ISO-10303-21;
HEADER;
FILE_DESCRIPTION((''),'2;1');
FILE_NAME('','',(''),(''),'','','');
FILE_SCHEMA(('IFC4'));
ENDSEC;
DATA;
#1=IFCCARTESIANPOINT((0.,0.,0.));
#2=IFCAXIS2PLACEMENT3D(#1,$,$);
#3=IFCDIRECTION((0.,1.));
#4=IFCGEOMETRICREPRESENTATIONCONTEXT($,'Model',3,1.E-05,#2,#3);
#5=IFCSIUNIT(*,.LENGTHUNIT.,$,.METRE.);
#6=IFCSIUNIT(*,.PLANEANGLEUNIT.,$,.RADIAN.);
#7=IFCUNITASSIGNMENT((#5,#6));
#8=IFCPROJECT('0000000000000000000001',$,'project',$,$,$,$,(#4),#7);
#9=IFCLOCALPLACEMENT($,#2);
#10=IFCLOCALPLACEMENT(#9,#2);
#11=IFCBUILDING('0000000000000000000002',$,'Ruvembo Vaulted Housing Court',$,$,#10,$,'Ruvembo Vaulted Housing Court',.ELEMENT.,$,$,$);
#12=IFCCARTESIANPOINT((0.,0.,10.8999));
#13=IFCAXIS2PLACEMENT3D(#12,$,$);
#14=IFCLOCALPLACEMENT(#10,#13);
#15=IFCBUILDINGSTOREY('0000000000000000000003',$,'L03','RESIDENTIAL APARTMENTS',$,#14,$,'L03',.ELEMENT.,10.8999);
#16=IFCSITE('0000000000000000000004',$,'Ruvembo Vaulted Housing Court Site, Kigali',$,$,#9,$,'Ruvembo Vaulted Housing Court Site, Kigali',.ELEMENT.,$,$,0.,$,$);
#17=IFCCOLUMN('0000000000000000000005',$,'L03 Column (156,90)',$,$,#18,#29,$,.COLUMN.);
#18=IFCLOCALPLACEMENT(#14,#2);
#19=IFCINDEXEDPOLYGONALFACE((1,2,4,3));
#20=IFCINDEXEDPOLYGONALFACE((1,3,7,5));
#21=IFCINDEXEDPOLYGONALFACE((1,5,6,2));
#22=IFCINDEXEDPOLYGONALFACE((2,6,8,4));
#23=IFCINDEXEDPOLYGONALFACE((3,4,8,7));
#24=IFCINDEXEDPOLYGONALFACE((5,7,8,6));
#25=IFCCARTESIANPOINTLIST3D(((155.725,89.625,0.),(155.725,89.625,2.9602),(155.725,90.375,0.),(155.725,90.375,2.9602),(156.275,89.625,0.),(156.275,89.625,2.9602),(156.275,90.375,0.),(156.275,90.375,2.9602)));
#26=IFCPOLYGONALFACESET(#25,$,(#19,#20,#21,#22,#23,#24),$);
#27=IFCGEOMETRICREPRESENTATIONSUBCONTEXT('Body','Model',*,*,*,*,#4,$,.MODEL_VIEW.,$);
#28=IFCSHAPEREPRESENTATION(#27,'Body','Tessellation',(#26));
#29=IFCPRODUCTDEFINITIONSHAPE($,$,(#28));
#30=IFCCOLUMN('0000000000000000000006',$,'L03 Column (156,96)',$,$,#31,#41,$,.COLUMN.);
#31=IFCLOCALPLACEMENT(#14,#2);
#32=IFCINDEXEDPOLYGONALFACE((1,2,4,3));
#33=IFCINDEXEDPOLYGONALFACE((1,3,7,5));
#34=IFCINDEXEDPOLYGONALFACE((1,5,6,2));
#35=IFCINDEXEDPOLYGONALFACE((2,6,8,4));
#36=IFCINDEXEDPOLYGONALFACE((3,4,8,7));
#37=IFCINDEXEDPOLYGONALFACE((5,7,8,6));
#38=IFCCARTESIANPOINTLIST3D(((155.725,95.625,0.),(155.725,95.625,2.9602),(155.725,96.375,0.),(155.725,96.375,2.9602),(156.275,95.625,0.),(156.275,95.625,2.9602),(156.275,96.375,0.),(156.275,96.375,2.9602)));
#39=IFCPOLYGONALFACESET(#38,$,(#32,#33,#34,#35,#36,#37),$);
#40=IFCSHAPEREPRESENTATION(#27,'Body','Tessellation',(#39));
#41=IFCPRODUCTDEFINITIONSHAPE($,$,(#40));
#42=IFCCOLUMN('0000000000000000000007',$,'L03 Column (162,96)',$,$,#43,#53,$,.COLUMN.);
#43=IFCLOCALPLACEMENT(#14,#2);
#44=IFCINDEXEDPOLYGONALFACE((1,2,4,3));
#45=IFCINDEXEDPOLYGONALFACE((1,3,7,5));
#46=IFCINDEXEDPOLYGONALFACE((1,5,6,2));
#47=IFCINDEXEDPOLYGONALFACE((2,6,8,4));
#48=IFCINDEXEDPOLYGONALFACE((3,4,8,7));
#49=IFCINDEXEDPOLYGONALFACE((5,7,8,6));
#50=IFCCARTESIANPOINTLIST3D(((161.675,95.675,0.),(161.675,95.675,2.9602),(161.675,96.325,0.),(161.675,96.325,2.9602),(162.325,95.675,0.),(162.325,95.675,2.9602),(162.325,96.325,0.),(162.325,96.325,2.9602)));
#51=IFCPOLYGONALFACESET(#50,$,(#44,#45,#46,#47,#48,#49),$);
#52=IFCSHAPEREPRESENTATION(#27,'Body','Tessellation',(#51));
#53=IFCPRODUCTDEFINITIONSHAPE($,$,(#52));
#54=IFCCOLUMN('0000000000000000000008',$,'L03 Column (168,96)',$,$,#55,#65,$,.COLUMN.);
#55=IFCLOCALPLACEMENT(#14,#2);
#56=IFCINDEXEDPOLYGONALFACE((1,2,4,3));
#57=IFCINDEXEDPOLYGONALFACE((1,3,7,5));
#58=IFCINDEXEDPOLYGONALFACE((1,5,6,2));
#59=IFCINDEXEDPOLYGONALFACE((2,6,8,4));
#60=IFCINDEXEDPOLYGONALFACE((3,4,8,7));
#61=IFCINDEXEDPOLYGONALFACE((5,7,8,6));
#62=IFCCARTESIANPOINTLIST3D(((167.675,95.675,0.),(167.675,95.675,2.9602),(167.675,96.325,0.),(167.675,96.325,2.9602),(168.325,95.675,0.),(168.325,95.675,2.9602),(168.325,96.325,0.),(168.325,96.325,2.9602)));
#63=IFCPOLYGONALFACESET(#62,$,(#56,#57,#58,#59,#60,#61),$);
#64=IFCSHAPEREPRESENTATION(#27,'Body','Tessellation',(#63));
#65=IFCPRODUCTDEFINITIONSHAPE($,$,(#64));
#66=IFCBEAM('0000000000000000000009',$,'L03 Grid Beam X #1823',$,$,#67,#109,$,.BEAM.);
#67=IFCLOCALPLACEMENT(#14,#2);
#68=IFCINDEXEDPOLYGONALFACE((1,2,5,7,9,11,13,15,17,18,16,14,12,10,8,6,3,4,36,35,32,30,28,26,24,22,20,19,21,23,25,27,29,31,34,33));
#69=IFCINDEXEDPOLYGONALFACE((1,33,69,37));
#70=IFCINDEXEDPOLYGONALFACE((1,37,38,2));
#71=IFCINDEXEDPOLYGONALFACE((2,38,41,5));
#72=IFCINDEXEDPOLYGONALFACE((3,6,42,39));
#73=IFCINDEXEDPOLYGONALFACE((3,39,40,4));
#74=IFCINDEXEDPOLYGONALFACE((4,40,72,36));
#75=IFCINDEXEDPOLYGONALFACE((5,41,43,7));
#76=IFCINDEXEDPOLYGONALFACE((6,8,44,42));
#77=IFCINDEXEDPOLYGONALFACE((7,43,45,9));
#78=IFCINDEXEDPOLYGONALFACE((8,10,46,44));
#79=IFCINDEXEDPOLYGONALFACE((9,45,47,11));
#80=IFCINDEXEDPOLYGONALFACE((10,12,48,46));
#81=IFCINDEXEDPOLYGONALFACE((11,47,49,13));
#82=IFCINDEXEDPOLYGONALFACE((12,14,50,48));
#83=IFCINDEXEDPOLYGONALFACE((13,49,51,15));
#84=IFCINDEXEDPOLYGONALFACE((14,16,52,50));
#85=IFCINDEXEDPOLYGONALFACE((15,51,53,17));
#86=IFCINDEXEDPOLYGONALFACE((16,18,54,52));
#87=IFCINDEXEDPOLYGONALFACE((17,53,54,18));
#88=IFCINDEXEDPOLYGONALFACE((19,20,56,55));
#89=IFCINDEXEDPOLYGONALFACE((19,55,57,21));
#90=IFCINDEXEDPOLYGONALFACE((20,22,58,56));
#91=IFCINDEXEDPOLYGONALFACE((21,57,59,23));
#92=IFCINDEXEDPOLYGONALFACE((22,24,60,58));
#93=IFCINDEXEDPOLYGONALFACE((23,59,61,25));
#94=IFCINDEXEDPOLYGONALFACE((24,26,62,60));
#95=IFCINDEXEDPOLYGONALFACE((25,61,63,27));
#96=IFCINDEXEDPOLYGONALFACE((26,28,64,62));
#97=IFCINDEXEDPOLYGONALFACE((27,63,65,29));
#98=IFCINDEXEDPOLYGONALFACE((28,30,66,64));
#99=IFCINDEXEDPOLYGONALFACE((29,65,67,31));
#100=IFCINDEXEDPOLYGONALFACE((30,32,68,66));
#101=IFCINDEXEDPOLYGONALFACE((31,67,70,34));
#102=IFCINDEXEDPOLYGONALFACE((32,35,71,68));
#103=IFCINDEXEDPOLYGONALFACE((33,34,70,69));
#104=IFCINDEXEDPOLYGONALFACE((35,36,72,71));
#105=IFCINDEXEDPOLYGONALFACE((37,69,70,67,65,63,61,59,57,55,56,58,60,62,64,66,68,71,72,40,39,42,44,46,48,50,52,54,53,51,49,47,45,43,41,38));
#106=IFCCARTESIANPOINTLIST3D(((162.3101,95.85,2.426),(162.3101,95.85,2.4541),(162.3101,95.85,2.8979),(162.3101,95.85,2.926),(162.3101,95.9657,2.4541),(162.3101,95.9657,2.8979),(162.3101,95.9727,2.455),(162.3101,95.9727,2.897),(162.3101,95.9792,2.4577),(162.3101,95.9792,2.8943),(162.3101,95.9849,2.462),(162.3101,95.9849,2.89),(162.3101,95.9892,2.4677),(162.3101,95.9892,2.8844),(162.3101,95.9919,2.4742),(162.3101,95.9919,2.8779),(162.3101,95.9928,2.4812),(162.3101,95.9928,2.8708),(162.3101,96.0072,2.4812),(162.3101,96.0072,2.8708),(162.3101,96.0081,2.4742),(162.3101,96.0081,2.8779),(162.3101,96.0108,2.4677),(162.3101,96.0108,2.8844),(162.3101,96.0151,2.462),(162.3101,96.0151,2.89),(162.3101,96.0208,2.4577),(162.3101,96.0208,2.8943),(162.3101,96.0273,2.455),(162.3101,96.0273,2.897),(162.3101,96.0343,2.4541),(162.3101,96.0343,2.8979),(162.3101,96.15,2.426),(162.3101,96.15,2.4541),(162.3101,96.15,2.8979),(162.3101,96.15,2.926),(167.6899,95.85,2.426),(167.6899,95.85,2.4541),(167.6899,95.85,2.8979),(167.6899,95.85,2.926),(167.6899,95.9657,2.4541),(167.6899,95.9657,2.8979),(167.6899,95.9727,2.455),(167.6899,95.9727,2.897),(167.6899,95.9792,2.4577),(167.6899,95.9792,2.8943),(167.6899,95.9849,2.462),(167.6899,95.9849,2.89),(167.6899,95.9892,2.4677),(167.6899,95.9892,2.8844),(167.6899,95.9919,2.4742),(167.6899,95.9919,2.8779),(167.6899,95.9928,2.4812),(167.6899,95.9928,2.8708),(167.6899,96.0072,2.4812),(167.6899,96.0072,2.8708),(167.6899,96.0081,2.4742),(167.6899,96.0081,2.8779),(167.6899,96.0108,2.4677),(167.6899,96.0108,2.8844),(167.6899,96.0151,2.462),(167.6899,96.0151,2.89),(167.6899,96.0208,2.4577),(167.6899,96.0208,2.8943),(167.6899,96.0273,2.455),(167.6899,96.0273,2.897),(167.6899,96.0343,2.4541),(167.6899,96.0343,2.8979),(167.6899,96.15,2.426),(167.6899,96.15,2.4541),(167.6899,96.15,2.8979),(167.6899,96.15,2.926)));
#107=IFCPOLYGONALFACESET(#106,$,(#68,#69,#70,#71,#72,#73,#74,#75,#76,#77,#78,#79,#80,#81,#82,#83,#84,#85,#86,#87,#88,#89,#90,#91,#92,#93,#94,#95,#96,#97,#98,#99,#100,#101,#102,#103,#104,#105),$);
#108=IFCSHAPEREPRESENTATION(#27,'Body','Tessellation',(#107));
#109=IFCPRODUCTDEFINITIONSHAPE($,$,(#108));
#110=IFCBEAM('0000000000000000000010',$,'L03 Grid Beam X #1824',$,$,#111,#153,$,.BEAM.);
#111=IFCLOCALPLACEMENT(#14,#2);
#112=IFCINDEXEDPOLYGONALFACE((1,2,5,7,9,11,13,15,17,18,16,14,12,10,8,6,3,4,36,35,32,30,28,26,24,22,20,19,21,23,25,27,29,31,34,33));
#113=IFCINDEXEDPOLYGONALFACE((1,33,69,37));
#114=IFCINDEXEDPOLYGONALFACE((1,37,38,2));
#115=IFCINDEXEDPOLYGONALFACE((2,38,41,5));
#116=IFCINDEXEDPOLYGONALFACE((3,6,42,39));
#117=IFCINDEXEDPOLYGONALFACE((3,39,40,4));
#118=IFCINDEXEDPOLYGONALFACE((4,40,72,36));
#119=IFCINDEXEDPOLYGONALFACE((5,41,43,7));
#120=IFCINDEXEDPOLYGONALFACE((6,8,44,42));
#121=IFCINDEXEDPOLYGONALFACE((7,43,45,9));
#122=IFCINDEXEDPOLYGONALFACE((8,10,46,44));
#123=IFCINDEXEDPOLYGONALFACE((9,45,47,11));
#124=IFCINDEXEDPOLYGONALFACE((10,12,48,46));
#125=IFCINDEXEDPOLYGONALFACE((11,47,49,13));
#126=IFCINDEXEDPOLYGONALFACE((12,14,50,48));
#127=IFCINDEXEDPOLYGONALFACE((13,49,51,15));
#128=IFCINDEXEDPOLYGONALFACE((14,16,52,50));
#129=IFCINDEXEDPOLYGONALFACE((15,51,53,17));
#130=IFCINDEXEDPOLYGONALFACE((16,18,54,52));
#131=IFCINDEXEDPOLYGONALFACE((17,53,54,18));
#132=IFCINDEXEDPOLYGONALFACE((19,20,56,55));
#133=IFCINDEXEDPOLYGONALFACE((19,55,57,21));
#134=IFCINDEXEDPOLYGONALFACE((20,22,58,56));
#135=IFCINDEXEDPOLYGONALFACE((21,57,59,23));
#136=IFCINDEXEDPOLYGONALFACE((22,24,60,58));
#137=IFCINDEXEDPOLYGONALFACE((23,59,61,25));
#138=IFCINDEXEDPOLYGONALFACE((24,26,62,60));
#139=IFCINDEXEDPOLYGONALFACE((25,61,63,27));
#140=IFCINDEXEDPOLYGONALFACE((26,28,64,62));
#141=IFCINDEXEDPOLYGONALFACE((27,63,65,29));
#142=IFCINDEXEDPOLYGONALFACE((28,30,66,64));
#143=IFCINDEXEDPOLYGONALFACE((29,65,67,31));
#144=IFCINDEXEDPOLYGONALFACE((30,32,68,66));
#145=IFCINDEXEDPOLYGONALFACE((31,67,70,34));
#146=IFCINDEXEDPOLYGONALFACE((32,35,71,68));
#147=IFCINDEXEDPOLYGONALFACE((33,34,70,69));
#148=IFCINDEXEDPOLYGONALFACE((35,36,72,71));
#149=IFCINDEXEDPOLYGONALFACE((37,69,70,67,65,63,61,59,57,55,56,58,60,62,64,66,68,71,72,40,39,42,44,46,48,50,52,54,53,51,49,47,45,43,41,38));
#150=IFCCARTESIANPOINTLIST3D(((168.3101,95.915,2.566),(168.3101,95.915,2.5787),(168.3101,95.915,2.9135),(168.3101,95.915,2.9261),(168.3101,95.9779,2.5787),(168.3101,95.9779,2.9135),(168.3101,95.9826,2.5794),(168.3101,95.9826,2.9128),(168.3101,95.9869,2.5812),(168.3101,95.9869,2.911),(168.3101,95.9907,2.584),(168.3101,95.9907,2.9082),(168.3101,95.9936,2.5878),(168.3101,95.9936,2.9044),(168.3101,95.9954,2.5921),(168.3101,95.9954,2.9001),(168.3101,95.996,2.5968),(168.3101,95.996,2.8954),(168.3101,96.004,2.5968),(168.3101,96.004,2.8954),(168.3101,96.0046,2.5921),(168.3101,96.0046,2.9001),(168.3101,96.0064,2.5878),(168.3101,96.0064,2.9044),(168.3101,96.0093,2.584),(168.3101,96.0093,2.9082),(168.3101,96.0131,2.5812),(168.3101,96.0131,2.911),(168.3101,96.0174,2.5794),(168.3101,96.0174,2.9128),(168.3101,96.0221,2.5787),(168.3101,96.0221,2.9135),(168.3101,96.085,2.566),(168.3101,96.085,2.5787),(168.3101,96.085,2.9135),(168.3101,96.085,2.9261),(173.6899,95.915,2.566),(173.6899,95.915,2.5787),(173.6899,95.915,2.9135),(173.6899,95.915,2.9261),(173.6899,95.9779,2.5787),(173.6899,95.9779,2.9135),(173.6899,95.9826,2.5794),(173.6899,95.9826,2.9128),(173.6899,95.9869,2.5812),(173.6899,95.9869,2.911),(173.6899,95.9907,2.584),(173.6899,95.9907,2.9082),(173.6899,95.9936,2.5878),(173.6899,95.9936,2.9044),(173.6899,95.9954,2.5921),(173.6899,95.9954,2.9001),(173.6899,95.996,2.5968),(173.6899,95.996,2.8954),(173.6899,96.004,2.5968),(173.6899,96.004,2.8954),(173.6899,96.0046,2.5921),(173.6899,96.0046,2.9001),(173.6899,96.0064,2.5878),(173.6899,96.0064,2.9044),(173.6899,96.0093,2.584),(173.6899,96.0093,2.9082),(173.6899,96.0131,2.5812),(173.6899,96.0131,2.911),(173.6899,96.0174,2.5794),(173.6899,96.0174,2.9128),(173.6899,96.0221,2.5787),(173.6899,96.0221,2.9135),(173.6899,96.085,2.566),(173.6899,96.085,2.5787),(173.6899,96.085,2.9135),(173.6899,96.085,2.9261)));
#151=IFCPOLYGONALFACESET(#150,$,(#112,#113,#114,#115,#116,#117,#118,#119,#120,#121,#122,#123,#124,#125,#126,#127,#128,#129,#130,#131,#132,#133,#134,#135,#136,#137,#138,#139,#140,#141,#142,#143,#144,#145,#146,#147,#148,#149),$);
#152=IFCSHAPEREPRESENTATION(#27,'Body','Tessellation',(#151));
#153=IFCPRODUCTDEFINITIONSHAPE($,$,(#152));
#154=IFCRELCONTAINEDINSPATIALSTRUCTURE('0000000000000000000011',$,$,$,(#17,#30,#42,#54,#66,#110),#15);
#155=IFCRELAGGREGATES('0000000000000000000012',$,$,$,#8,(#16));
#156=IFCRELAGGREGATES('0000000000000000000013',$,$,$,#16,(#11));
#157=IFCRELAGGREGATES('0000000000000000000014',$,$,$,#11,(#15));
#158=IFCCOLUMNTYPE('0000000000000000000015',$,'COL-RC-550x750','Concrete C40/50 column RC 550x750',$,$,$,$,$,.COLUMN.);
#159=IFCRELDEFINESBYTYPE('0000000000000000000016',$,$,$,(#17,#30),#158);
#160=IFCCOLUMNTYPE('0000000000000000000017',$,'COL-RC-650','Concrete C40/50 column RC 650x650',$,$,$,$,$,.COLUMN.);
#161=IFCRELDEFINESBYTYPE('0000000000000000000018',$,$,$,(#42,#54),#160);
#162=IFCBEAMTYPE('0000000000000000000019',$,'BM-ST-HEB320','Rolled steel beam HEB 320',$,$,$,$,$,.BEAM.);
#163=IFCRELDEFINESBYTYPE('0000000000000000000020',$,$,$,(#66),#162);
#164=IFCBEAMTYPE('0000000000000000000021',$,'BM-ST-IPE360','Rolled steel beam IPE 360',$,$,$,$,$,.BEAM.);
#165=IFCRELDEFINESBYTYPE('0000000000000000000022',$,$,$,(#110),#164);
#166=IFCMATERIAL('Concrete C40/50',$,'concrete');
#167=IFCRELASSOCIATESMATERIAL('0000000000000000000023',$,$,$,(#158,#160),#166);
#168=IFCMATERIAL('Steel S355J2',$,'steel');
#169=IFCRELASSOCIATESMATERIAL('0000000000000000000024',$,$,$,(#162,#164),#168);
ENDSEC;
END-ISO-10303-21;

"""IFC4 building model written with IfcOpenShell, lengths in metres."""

from ifc_helpers import new_model, si_unit, direction, frame, origin, origin_2d, place, context, subcontext, project, spatial, rectangle, i_section, extrude, material, material_profile, profile_set, type_object, element, save


model = new_model("IFC4")

# Units and contexts
model_context = context("Model", 3, precision=1e-05, world=origin(), true_north=direction((0.0, 1.0)))
body_context = subcontext(model_context, "Body", "Model", "MODEL_VIEW")
ifc_project = project(units=[si_unit("LENGTHUNIT", "METRE"), si_unit("PLANEANGLEUNIT", "RADIAN")], contexts=[model_context])

# Site, building, storey
site_placement = place(None, origin())
site = spatial("IfcSite", under=ifc_project, at=site_placement, Name="Ruvembo Vaulted Housing Court Site, Kigali", LongName="Ruvembo Vaulted Housing Court Site, Kigali", CompositionType="ELEMENT", RefElevation=0.0)
building_placement = place(site_placement, origin())
building = spatial("IfcBuilding", under=site, at=building_placement, Name="Ruvembo Vaulted Housing Court", LongName="Ruvembo Vaulted Housing Court", CompositionType="ELEMENT")
storey_placement = place(building_placement, frame((0.0, 0.0, 10.8999)))
storey = spatial("IfcBuildingStorey", under=building, at=storey_placement, Name="L03", Description="RESIDENTIAL APARTMENTS", LongName="L03", CompositionType="ELEMENT", Elevation=10.8999)

# Columns
ifc_material_1 = material(Name="Concrete C40/50", Category="concrete")
ifc_material_profile_1 = material_profile(ifc_material_1, rectangle(XDim=0.55, YDim=0.75, at=origin_2d()), Name="RC 550x750")
ifc_profile_set_1 = profile_set([ifc_material_profile_1], Name="Concrete C40/50")
column_type_1 = type_object("IfcColumnType", Name="COL-RC-550x750", Description="Concrete C40/50 column RC 550x750", PredefinedType="COLUMN", material=ifc_profile_set_1)
for number, where, z_axis, x_axis, name in (
    (1, (156.0, 90.0, 0.0), (0.0, 0.0, 1.0), (1.0, 0.0, 0.0), "L03 Column (156,90)"),
    (2, (156.0, 96.0, 0.0), (0.0, 0.0, 1.0), (1.0, 0.0, 0.0), "L03 Column (156,96)"),
):
    element("IfcColumn", number, at=place(storey_placement, frame(where, z_axis=z_axis, x_axis=x_axis)), inside=storey, type_object=column_type_1, Name=name, PredefinedType="COLUMN", context=body_context, shape_type="SweptSolid", body=[
        extrude(rectangle(XDim=0.55, YDim=0.75, at=origin_2d()), origin(), (0.0, 0.0, 1.0), 2.9602),
    ])
ifc_material_profile_2 = material_profile(ifc_material_1, rectangle(XDim=0.6499, YDim=0.6499, at=origin_2d()), Name="RC 650x650")
ifc_profile_set_2 = profile_set([ifc_material_profile_2], Name="Concrete C40/50")
column_type_2 = type_object("IfcColumnType", Name="COL-RC-650", Description="Concrete C40/50 column RC 650x650", PredefinedType="COLUMN", material=ifc_profile_set_2)
for number, where, z_axis, x_axis, name in (
    (3, (162.0, 96.0, 0.0), (0.0, 0.0, 1.0), (1.0, 0.0, 0.0), "L03 Column (162,96)"),
    (4, (168.0, 96.0, 0.0), (0.0, 0.0, 1.0), (1.0, 0.0, 0.0), "L03 Column (168,96)"),
):
    element("IfcColumn", number, at=place(storey_placement, frame(where, z_axis=z_axis, x_axis=x_axis)), inside=storey, type_object=column_type_2, Name=name, PredefinedType="COLUMN", context=body_context, shape_type="SweptSolid", body=[
        extrude(rectangle(XDim=0.6499, YDim=0.6499, at=origin_2d()), origin(), (0.0, 0.0, 1.0), 2.9602),
    ])

# Beams
ifc_material_2 = material(Name="Steel S355J2", Category="steel")
ifc_material_profile_3 = material_profile(ifc_material_2, i_section(OverallWidth=0.3, OverallDepth=0.5, WebThickness=0.0144, FlangeThickness=0.0281, FilletRadius=0.0271, at=origin_2d()), Name="HEB 320")
ifc_profile_set_3 = profile_set([ifc_material_profile_3], Name="Steel S355J2")
beam_type_1 = type_object("IfcBeamType", Name="BM-ST-HEB320", Description="Rolled steel beam HEB 320", PredefinedType="BEAM", material=ifc_profile_set_3)
beam_1_placement = place(storey_placement, frame((162.3101, 96.0, 2.676), z_axis=(1.0, 0.0, 0.0), x_axis=(0.0, 1.0, 0.0)))
element("IfcBeam", 5, at=beam_1_placement, inside=storey, type_object=beam_type_1, Name="L03 Grid Beam X #1823", PredefinedType="BEAM", context=body_context, shape_type="SweptSolid", body=[
    extrude(i_section(OverallWidth=0.3, OverallDepth=0.5, WebThickness=0.0144, FlangeThickness=0.0281, FilletRadius=0.0271, at=origin_2d()), origin(), (0.0, 0.0, 1.0), 5.3799),
])
ifc_material_profile_4 = material_profile(ifc_material_2, i_section(OverallWidth=0.1699, OverallDepth=0.3601, WebThickness=0.0081, FlangeThickness=0.0127, FilletRadius=0.0181, at=origin_2d()), Name="IPE 360")
ifc_profile_set_4 = profile_set([ifc_material_profile_4], Name="Steel S355J2")
beam_type_2 = type_object("IfcBeamType", Name="BM-ST-IPE360", Description="Rolled steel beam IPE 360", PredefinedType="BEAM", material=ifc_profile_set_4)
beam_2_placement = place(storey_placement, frame((168.3101, 96.0, 2.7461), z_axis=(1.0, 0.0, 0.0), x_axis=(0.0, 1.0, 0.0)))
element("IfcBeam", 6, at=beam_2_placement, inside=storey, type_object=beam_type_2, Name="L03 Grid Beam X #1824", PredefinedType="BEAM", context=body_context, shape_type="SweptSolid", body=[
    extrude(i_section(OverallWidth=0.1699, OverallDepth=0.3601, WebThickness=0.0081, FlangeThickness=0.0127, FilletRadius=0.0181, at=origin_2d()), origin(), (0.0, 0.0, 1.0), 5.3799),
])

save(model, "model.ifc")
